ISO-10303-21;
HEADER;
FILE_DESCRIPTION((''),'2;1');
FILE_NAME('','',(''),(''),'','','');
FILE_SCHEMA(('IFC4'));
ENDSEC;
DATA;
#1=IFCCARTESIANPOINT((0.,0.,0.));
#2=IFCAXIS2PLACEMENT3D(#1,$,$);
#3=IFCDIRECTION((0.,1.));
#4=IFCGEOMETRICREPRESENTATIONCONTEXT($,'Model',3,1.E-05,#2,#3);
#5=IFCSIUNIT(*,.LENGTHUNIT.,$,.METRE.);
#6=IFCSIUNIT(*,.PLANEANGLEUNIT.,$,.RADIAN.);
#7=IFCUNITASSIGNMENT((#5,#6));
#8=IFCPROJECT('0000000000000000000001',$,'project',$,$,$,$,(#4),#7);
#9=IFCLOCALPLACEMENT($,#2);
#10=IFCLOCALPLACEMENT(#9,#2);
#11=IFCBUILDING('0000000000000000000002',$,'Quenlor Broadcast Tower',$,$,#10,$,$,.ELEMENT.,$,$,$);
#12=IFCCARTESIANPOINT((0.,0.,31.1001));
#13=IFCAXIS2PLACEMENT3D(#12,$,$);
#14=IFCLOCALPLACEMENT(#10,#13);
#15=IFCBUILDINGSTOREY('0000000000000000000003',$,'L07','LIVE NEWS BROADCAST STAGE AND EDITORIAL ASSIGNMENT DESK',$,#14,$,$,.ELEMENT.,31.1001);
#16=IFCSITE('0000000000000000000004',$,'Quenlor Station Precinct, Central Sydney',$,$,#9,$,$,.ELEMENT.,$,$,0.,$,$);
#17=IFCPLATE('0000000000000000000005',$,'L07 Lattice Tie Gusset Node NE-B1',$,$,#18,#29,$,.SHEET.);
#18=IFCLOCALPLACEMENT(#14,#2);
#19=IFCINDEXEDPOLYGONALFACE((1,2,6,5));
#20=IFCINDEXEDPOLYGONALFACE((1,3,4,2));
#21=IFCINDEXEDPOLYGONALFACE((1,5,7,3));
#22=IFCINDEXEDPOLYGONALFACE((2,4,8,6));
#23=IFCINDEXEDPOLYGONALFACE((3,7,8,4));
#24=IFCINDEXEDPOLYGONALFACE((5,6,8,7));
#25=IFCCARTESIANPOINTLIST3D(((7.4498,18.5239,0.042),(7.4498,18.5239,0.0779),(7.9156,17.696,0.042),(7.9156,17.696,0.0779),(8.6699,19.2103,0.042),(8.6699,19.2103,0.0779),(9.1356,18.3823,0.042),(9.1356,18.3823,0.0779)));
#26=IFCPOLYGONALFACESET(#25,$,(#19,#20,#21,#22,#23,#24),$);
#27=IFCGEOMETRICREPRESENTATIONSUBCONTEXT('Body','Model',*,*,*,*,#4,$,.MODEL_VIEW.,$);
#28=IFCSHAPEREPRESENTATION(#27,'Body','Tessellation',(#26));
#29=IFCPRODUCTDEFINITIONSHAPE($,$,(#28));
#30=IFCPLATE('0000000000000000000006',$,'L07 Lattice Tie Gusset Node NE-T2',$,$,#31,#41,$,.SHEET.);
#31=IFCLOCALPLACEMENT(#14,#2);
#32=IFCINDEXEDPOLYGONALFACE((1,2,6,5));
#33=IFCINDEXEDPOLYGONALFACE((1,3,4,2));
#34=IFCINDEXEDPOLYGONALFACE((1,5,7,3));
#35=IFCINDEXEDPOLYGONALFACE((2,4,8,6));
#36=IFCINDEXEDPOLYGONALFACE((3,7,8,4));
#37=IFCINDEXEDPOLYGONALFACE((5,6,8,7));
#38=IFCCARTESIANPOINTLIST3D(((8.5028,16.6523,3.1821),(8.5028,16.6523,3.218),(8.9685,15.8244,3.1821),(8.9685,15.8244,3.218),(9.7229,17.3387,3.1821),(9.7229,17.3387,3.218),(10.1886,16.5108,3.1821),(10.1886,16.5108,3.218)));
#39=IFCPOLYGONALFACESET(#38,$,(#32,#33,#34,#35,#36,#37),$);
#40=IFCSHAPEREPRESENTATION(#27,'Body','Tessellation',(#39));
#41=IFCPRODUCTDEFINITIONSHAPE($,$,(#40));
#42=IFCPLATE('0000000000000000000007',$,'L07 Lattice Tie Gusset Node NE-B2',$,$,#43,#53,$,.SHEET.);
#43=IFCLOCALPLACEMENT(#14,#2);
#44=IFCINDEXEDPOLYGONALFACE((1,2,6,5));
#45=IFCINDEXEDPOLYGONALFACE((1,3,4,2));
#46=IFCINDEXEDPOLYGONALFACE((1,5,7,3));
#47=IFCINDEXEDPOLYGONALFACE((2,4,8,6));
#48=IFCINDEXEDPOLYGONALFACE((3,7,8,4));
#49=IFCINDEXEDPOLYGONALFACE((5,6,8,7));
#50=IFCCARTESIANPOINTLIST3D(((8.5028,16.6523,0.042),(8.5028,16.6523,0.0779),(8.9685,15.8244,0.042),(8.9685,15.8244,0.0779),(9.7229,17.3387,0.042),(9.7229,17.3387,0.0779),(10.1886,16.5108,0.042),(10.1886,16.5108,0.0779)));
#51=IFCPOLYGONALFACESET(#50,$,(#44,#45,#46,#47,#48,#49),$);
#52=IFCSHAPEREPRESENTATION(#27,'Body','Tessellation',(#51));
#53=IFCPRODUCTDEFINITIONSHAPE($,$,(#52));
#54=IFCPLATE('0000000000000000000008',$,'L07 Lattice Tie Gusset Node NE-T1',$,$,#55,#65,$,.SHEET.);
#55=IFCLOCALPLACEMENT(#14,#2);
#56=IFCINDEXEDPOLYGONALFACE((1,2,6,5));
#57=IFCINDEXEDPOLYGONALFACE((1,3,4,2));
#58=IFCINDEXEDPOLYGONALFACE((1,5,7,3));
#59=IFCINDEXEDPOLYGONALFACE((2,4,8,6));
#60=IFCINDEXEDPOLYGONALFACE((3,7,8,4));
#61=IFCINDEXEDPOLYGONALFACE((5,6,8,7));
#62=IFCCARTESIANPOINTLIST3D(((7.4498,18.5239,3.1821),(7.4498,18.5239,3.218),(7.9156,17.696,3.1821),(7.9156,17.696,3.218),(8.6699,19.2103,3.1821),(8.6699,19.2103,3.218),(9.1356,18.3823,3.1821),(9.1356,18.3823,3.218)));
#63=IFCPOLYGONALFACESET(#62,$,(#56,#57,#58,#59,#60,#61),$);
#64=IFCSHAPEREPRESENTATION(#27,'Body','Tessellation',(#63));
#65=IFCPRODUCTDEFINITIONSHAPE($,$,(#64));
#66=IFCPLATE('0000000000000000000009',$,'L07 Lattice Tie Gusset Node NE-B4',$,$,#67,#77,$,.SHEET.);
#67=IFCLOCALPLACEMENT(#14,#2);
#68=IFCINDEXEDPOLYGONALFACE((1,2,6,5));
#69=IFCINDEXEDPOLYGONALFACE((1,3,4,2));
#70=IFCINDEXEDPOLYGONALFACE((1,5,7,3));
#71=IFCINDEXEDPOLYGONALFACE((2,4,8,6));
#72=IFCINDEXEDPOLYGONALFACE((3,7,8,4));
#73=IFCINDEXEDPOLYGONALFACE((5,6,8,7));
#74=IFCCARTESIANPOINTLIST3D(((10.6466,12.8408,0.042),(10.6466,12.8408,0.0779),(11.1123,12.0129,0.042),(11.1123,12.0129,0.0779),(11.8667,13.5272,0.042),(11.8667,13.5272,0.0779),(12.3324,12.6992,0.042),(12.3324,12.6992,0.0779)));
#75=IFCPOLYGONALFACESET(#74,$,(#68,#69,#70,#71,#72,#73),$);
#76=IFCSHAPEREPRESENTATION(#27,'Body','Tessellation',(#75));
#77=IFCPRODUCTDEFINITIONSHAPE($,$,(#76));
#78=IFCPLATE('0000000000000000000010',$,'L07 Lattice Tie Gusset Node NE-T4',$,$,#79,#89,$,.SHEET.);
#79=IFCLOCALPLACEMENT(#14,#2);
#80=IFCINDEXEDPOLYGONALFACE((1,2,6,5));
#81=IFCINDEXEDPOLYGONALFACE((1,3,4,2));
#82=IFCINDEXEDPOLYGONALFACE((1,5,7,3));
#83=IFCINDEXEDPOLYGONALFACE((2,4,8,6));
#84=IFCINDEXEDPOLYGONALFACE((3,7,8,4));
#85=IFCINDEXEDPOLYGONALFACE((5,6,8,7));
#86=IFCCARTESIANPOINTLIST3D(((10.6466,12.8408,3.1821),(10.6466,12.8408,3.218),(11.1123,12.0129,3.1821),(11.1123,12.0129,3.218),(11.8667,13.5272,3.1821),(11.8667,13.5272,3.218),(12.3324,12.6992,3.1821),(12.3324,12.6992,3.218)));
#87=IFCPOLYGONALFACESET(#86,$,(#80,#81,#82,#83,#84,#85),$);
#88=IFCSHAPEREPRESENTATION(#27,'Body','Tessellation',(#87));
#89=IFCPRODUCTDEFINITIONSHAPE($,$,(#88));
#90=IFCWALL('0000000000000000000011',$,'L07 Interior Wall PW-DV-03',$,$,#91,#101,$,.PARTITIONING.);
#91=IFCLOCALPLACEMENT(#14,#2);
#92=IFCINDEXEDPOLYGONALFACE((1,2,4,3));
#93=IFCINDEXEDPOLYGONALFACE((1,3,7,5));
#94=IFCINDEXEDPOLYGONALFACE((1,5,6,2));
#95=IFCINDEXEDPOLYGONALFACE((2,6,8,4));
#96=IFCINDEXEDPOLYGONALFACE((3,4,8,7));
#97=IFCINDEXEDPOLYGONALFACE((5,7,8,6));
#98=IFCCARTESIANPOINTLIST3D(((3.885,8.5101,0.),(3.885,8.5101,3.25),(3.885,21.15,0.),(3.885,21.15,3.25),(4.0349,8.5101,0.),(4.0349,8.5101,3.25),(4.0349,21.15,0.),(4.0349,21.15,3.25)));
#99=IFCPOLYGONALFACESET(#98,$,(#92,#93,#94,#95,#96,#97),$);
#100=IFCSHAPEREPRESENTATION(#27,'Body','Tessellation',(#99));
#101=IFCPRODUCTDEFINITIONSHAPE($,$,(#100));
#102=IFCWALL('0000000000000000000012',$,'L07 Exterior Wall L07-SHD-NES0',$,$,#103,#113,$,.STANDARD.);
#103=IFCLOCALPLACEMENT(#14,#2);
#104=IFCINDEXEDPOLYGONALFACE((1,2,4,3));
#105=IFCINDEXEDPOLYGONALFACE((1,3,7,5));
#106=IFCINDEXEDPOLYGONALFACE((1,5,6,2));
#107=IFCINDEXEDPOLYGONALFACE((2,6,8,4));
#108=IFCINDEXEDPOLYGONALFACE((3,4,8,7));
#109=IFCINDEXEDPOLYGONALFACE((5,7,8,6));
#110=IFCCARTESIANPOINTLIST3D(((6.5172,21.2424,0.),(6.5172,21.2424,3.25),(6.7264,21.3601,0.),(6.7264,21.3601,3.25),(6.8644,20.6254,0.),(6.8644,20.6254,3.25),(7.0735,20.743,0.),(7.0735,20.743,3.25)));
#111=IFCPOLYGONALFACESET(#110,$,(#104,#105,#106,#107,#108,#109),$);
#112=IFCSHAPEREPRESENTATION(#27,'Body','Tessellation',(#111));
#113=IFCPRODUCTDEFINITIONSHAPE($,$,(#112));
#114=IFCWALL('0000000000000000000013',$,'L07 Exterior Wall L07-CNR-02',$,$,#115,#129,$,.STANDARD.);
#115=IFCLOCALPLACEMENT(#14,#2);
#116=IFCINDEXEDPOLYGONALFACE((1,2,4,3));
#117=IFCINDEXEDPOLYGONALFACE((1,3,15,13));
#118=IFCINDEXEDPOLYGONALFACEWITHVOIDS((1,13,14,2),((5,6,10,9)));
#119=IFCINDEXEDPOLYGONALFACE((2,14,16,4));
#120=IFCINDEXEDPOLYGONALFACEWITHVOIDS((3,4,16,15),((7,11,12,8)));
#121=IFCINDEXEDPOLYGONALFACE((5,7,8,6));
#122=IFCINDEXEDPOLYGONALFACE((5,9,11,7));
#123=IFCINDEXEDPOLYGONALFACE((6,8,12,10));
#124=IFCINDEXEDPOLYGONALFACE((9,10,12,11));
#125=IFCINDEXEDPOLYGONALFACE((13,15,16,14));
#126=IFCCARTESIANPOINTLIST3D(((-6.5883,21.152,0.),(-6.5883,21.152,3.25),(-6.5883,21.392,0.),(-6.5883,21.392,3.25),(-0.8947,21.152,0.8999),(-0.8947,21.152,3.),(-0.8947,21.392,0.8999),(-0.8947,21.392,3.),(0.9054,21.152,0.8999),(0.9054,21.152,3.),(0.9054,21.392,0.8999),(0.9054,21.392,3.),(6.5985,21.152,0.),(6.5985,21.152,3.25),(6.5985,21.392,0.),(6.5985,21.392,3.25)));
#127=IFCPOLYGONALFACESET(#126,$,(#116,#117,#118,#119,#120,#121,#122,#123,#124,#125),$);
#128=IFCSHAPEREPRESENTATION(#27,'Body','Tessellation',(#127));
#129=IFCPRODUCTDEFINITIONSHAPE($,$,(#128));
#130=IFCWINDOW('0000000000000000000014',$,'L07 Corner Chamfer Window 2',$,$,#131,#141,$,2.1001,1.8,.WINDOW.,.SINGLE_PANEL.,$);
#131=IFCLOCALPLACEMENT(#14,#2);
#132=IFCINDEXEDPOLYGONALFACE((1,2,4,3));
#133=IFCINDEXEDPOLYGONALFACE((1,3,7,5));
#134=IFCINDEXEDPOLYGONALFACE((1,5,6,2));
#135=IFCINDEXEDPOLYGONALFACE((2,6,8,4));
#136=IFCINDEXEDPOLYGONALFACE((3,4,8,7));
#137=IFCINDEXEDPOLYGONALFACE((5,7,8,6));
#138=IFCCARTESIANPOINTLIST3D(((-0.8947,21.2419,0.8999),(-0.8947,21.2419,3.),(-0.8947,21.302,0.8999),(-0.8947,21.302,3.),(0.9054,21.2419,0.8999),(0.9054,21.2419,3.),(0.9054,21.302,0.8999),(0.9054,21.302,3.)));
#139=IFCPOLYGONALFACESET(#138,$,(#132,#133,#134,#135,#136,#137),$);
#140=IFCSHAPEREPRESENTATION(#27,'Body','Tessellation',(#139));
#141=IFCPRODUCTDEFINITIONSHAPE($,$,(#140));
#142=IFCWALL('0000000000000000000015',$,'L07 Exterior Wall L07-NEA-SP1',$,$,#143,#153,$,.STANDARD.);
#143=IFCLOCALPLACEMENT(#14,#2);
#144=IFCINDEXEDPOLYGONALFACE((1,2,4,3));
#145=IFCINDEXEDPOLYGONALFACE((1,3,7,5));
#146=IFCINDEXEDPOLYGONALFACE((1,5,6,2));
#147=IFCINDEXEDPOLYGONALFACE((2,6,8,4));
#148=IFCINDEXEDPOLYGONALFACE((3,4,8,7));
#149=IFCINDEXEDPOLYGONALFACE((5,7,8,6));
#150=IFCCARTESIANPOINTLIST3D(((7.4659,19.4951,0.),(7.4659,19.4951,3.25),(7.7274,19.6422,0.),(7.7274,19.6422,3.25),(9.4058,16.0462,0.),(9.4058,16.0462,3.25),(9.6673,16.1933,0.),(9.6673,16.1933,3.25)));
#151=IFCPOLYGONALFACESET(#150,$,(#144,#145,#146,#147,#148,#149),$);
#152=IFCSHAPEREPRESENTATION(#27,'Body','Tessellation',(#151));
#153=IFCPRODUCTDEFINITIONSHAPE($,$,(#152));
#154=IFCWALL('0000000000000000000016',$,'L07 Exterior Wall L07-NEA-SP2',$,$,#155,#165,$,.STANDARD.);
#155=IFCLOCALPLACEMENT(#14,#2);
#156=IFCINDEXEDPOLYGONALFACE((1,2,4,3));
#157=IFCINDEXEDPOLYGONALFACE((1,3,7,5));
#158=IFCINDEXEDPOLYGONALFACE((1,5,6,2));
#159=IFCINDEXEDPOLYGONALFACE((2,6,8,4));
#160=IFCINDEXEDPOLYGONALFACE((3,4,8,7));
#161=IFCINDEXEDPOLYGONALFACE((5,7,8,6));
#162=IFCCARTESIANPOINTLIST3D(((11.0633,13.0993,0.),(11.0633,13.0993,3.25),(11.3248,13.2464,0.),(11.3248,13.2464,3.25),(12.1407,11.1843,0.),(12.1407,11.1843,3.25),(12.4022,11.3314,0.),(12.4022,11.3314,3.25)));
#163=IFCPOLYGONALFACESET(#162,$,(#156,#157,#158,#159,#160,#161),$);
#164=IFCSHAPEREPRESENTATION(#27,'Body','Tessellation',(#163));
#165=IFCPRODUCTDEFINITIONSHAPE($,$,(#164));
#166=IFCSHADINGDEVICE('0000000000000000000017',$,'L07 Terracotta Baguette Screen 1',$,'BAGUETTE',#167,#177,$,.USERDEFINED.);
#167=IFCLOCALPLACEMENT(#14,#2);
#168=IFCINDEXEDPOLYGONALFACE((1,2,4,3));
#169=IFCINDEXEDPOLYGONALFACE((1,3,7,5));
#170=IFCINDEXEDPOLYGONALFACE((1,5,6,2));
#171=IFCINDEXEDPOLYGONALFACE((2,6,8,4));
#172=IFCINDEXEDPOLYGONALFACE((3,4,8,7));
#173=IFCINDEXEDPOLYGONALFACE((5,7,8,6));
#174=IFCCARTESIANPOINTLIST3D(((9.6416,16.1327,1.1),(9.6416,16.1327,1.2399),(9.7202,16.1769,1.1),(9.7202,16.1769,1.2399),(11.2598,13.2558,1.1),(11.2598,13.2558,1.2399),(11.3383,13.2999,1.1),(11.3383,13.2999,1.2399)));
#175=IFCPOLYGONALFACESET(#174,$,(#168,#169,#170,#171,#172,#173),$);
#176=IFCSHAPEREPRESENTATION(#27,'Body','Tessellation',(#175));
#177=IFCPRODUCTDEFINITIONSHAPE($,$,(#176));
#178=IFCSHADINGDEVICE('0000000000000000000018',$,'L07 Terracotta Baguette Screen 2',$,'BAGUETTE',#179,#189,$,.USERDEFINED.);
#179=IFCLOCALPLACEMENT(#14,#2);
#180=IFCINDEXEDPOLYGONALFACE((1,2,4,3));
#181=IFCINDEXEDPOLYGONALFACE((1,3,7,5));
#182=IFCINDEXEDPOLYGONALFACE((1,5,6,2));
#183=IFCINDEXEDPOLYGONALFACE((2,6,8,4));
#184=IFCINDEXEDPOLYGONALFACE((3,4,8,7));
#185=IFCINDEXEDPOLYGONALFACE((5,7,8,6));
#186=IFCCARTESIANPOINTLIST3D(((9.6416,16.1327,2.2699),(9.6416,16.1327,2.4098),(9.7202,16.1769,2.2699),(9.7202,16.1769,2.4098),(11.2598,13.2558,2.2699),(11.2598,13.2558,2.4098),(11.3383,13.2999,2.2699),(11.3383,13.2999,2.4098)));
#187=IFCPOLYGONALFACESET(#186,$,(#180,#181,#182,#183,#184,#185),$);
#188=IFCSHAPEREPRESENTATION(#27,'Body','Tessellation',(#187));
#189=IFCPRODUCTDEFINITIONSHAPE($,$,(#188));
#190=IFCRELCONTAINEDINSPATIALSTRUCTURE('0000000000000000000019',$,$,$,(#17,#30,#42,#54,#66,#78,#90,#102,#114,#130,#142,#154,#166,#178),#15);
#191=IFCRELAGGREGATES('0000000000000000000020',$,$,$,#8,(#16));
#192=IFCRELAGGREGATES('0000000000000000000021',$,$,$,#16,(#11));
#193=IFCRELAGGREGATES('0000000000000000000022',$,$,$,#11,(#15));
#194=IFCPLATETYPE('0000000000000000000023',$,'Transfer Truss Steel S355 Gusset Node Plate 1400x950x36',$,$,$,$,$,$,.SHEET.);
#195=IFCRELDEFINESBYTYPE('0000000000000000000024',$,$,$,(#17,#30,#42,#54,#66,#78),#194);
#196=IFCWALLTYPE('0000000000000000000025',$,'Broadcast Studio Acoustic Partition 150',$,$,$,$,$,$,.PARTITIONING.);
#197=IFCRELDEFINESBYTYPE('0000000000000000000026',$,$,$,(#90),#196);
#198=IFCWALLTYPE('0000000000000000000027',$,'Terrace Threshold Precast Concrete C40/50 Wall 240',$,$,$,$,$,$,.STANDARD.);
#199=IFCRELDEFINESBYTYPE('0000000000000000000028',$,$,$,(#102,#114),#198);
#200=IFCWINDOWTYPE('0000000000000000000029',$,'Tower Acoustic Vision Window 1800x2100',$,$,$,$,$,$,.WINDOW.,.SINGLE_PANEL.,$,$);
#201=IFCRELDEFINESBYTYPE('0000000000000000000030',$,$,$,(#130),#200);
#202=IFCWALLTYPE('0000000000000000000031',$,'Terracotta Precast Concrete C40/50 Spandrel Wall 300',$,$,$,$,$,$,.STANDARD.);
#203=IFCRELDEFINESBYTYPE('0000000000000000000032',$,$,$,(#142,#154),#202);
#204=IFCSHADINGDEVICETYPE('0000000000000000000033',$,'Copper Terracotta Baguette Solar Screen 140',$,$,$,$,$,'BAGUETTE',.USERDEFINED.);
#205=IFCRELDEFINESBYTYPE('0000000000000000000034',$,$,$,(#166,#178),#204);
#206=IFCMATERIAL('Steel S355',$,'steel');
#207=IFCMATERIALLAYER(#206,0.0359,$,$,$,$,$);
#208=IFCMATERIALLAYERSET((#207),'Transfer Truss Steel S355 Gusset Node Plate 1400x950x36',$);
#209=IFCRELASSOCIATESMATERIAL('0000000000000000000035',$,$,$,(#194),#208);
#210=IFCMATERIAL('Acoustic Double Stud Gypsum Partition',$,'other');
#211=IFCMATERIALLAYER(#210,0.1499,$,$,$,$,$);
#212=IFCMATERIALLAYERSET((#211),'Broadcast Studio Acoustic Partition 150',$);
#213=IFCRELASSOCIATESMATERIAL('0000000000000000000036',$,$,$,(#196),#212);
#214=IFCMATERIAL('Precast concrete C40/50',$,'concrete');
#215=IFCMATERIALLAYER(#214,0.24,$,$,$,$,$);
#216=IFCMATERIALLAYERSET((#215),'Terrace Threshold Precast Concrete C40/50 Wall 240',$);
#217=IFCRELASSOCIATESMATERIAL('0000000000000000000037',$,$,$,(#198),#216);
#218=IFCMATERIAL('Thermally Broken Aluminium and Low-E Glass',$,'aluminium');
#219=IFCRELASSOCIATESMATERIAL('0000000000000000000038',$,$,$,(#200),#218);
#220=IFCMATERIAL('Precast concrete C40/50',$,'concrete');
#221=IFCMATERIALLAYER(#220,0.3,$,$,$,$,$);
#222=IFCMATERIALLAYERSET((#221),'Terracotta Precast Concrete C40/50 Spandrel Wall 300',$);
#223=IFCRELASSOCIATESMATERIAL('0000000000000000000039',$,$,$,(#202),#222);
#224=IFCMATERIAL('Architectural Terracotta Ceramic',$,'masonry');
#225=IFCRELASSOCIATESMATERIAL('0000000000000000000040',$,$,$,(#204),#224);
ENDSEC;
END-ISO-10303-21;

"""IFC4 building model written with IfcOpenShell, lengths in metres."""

from ifc_helpers import new_model, si_unit, direction, frame, frame_2d, origin, origin_2d, place, context, subcontext, project, spatial, rectangle, extrude, material, layer, layer_set, material_profile, profile_set, type_object, element, fill, save


model = new_model("IFC4")

# Units and contexts
model_context = context("Model", 3, precision=1e-05, world=origin(), true_north=direction((0.0, 1.0)))
body_context = subcontext(model_context, "Body", "Model", "MODEL_VIEW")
ifc_project = project(units=[si_unit("LENGTHUNIT", "METRE"), si_unit("PLANEANGLEUNIT", "RADIAN")], contexts=[model_context])

# Site, building, storey
site_placement = place(None, origin())
site = spatial("IfcSite", under=ifc_project, at=site_placement, Name="Quenlor Station Precinct, Central Sydney", CompositionType="ELEMENT", RefElevation=0.0)
building_placement = place(site_placement, origin())
building = spatial("IfcBuilding", under=site, at=building_placement, Name="Quenlor Broadcast Tower", CompositionType="ELEMENT")
storey_placement = place(building_placement, frame((0.0, 0.0, 31.1001)))
storey = spatial("IfcBuildingStorey", under=building, at=storey_placement, Name="L07", Description="LIVE NEWS BROADCAST STAGE AND EDITORIAL ASSIGNMENT DESK", CompositionType="ELEMENT", Elevation=31.1001)

# Plates
ifc_material_1 = material(Name="Steel S355", Category="steel")
ifc_layer_1 = layer(ifc_material_1, 0.0359)
ifc_layer_set_1 = layer_set([ifc_layer_1], Name="Transfer Truss Steel S355 Gusset Node Plate 1400x950x36")
plate_type_1 = type_object("IfcPlateType", Name="Transfer Truss Steel S355 Gusset Node Plate 1400x950x36", PredefinedType="SHEET", material=ifc_layer_set_1)
for number, where, z_axis, x_axis, name in (
    (1, (8.2927, 18.4531, 0.042), (0.0, 0.0, 1.0), (0.871556, 0.490295, 0.0), "L07 Lattice Tie Gusset Node NE-B1"),
    (2, (9.3457, 16.5815, 3.1821), (0.0, 0.0, 1.0), (0.871556, 0.490295, 0.0), "L07 Lattice Tie Gusset Node NE-T2"),
    (3, (9.3457, 16.5815, 0.042), (0.0, 0.0, 1.0), (0.871556, 0.490295, 0.0), "L07 Lattice Tie Gusset Node NE-B2"),
    (4, (8.2927, 18.4531, 3.1821), (0.0, 0.0, 1.0), (0.871556, 0.490295, 0.0), "L07 Lattice Tie Gusset Node NE-T1"),
    (5, (11.4895, 12.77, 0.042), (0.0, 0.0, 1.0), (0.871556, 0.490295, 0.0), "L07 Lattice Tie Gusset Node NE-B4"),
    (6, (11.4895, 12.77, 3.1821), (0.0, 0.0, 1.0), (0.871556, 0.490295, 0.0), "L07 Lattice Tie Gusset Node NE-T4"),
):
    element("IfcPlate", number, at=place(storey_placement, frame(where, z_axis=z_axis, x_axis=x_axis)), inside=storey, type_object=plate_type_1, Name=name, PredefinedType="SHEET", context=body_context, shape_type="SweptSolid", body=[
        extrude(rectangle(XDim=1.3999, YDim=0.95, at=origin_2d()), origin(), (0.0, 0.0, 1.0), 0.0359),
    ])

# Walls
ifc_material_2 = material(Name="Acoustic Double Stud Gypsum Partition", Category="other")
ifc_layer_2 = layer(ifc_material_2, 0.1499)
ifc_layer_set_2 = layer_set([ifc_layer_2], Name="Broadcast Studio Acoustic Partition 150")
wall_type_1 = type_object("IfcWallType", Name="Broadcast Studio Acoustic Partition 150", PredefinedType="PARTITIONING", material=ifc_layer_set_2)
wall_1_placement = place(storey_placement, frame((3.96, 21.1499, 0.0), z_axis=(0.0, 0.0, 1.0), x_axis=(0.0, -1.0, 0.0)))
element("IfcWall", 7, at=wall_1_placement, inside=storey, type_object=wall_type_1, Name="L07 Interior Wall PW-DV-03", PredefinedType="PARTITIONING", context=body_context, shape_type="SweptSolid", body=[
    extrude(rectangle(XDim=12.6399, YDim=0.1499, at=frame_2d((6.3198, 0.0))), origin(), (0.0, 0.0, 1.0), 3.25),
])
ifc_material_3 = material(Name="Precast concrete C40/50", Category="concrete")
ifc_layer_3 = layer(ifc_material_3, 0.24)
ifc_layer_set_3 = layer_set([ifc_layer_3], Name="Terrace Threshold Precast Concrete C40/50 Wall 240")
wall_type_2 = type_object("IfcWallType", Name="Terrace Threshold Precast Concrete C40/50 Wall 240", PredefinedType="STANDARD", material=ifc_layer_set_3)
wall_2_placement = place(storey_placement, frame((6.6218, 21.3013, 0.0), z_axis=(0.0, 0.0, 1.0), x_axis=(0.490261, -0.871576, 0.0)))
element("IfcWall", 8, at=wall_2_placement, inside=storey, type_object=wall_type_2, Name="L07 Exterior Wall L07-SHD-NES0", PredefinedType="STANDARD", context=body_context, shape_type="SweptSolid", body=[
    extrude(rectangle(XDim=0.708, YDim=0.24, at=frame_2d((0.354, 0.0))), origin(), (0.0, 0.0, 1.0), 3.25),
])

# Wall, opening, window
wall_3_placement = place(storey_placement, frame((6.5984, 21.272, 0.0), z_axis=(0.0, 0.0, 1.0), x_axis=(-1.0, 0.0, 0.0)))
wall_3 = element("IfcWall", 9, at=wall_3_placement, inside=storey, type_object=wall_type_2, Name="L07 Exterior Wall L07-CNR-02", PredefinedType="STANDARD", context=body_context, shape_type="SweptSolid", body=[
    extrude(rectangle(XDim=13.1868, YDim=0.24, at=frame_2d((6.5933, 0.0))), origin(), (0.0, 0.0, 1.0), 3.25),
])
opening_placement = place(wall_3_placement, frame((5.6931, 0.0, 0.8999)))
opening = element("IfcOpeningElement", 10, at=opening_placement, cuts=wall_3, PredefinedType="OPENING", context=body_context, shape_type="SweptSolid", body=[
    extrude(rectangle(XDim=1.8, YDim=2.1001, at=frame_2d((0.8999, 1.05))), frame((0.0, 0.1299, 0.0), z_axis=(0.0, -1.0, 0.0), x_axis=(1.0, 0.0, 0.0)), (0.0, 0.0, 1.0), 0.26),
])
ifc_material_4 = material(Name="Thermally Broken Aluminium and Low-E Glass", Category="aluminium")
window_type = type_object("IfcWindowType", Name="Tower Acoustic Vision Window 1800x2100", PartitioningType="SINGLE_PANEL", PredefinedType="WINDOW", material=ifc_material_4)
window_placement = place(opening_placement, origin())
window = element("IfcWindow", 11, at=window_placement, inside=storey, type_object=window_type, Name="L07 Corner Chamfer Window 2", OverallHeight=2.1001, OverallWidth=1.8, PartitioningType="SINGLE_PANEL", PredefinedType="WINDOW", context=body_context, shape_type="SweptSolid", body=[
    extrude(rectangle(XDim=1.8, YDim=2.1001, at=frame_2d((0.8999, 1.05))), frame((0.0, 0.03, 0.0), z_axis=(0.0, -1.0, 0.0), x_axis=(1.0, 0.0, 0.0)), (0.0, 0.0, 1.0), 0.0601),
])
fill(opening, window)

# Walls
ifc_material_5 = material(Name="Precast concrete C40/50", Category="concrete")
ifc_layer_4 = layer(ifc_material_5, 0.3)
ifc_layer_set_4 = layer_set([ifc_layer_4], Name="Terracotta Precast Concrete C40/50 Spandrel Wall 300")
wall_type_3 = type_object("IfcWallType", Name="Terracotta Precast Concrete C40/50 Spandrel Wall 300", PredefinedType="STANDARD", material=ifc_layer_set_4)
wall_4_placement = place(storey_placement, frame((7.5967, 19.5686, 0.0), z_axis=(0.0, 0.0, 1.0), x_axis=(0.490241, -0.871587, 0.0)))
element("IfcWall", 12, at=wall_4_placement, inside=storey, type_object=wall_type_3, Name="L07 Exterior Wall L07-NEA-SP1", PredefinedType="STANDARD", context=body_context, shape_type="SweptSolid", body=[
    extrude(rectangle(XDim=3.957, YDim=0.3, at=frame_2d((1.9785, 0.0))), origin(), (0.0, 0.0, 1.0), 3.25),
])
wall_5_placement = place(storey_placement, frame((11.1941, 13.1729, 0.0), z_axis=(0.0, 0.0, 1.0), x_axis=(0.490325, -0.87154, 0.0)))
element("IfcWall", 13, at=wall_5_placement, inside=storey, type_object=wall_type_3, Name="L07 Exterior Wall L07-NEA-SP2", PredefinedType="STANDARD", context=body_context, shape_type="SweptSolid", body=[
    extrude(rectangle(XDim=2.1973, YDim=0.3, at=frame_2d((1.0986, 0.0))), origin(), (0.0, 0.0, 1.0), 3.25),
])

# Shading devices
ifc_material_6 = material(Name="Architectural Terracotta Ceramic", Category="masonry")
ifc_material_profile_1 = material_profile(ifc_material_6, rectangle(XDim=0.0901, YDim=0.1399, at=origin_2d()))
ifc_profile_set_1 = profile_set([ifc_material_profile_1], Name="Architectural Terracotta Ceramic BAG90x140")
shading_device_type = type_object("IfcShadingDeviceType", Name="Copper Terracotta Baguette Solar Screen 140", ElementType="BAGUETTE", PredefinedType="USERDEFINED", material=ifc_profile_set_1)
for number, where, z_axis, x_axis, name in (
    (14, (9.6809, 16.1548, 1.1699), (0.490233, -0.871591, 0.0), (0.871591, 0.490233, 0.0), "L07 Terracotta Baguette Screen 1"),
    (15, (9.6809, 16.1548, 2.3398), (0.490233, -0.871591, 0.0), (0.871591, 0.490233, 0.0), "L07 Terracotta Baguette Screen 2"),
):
    element("IfcShadingDevice", number, at=place(storey_placement, frame(where, z_axis=z_axis, x_axis=x_axis)), inside=storey, type_object=shading_device_type, Name=name, ObjectType="BAGUETTE", PredefinedType="USERDEFINED", context=body_context, shape_type="SweptSolid", body=[
        extrude(rectangle(XDim=0.0901, YDim=0.1399, at=origin_2d()), origin(), (0.0, 0.0, 1.0), 3.3008),
    ])

save(model, "model.ifc")
